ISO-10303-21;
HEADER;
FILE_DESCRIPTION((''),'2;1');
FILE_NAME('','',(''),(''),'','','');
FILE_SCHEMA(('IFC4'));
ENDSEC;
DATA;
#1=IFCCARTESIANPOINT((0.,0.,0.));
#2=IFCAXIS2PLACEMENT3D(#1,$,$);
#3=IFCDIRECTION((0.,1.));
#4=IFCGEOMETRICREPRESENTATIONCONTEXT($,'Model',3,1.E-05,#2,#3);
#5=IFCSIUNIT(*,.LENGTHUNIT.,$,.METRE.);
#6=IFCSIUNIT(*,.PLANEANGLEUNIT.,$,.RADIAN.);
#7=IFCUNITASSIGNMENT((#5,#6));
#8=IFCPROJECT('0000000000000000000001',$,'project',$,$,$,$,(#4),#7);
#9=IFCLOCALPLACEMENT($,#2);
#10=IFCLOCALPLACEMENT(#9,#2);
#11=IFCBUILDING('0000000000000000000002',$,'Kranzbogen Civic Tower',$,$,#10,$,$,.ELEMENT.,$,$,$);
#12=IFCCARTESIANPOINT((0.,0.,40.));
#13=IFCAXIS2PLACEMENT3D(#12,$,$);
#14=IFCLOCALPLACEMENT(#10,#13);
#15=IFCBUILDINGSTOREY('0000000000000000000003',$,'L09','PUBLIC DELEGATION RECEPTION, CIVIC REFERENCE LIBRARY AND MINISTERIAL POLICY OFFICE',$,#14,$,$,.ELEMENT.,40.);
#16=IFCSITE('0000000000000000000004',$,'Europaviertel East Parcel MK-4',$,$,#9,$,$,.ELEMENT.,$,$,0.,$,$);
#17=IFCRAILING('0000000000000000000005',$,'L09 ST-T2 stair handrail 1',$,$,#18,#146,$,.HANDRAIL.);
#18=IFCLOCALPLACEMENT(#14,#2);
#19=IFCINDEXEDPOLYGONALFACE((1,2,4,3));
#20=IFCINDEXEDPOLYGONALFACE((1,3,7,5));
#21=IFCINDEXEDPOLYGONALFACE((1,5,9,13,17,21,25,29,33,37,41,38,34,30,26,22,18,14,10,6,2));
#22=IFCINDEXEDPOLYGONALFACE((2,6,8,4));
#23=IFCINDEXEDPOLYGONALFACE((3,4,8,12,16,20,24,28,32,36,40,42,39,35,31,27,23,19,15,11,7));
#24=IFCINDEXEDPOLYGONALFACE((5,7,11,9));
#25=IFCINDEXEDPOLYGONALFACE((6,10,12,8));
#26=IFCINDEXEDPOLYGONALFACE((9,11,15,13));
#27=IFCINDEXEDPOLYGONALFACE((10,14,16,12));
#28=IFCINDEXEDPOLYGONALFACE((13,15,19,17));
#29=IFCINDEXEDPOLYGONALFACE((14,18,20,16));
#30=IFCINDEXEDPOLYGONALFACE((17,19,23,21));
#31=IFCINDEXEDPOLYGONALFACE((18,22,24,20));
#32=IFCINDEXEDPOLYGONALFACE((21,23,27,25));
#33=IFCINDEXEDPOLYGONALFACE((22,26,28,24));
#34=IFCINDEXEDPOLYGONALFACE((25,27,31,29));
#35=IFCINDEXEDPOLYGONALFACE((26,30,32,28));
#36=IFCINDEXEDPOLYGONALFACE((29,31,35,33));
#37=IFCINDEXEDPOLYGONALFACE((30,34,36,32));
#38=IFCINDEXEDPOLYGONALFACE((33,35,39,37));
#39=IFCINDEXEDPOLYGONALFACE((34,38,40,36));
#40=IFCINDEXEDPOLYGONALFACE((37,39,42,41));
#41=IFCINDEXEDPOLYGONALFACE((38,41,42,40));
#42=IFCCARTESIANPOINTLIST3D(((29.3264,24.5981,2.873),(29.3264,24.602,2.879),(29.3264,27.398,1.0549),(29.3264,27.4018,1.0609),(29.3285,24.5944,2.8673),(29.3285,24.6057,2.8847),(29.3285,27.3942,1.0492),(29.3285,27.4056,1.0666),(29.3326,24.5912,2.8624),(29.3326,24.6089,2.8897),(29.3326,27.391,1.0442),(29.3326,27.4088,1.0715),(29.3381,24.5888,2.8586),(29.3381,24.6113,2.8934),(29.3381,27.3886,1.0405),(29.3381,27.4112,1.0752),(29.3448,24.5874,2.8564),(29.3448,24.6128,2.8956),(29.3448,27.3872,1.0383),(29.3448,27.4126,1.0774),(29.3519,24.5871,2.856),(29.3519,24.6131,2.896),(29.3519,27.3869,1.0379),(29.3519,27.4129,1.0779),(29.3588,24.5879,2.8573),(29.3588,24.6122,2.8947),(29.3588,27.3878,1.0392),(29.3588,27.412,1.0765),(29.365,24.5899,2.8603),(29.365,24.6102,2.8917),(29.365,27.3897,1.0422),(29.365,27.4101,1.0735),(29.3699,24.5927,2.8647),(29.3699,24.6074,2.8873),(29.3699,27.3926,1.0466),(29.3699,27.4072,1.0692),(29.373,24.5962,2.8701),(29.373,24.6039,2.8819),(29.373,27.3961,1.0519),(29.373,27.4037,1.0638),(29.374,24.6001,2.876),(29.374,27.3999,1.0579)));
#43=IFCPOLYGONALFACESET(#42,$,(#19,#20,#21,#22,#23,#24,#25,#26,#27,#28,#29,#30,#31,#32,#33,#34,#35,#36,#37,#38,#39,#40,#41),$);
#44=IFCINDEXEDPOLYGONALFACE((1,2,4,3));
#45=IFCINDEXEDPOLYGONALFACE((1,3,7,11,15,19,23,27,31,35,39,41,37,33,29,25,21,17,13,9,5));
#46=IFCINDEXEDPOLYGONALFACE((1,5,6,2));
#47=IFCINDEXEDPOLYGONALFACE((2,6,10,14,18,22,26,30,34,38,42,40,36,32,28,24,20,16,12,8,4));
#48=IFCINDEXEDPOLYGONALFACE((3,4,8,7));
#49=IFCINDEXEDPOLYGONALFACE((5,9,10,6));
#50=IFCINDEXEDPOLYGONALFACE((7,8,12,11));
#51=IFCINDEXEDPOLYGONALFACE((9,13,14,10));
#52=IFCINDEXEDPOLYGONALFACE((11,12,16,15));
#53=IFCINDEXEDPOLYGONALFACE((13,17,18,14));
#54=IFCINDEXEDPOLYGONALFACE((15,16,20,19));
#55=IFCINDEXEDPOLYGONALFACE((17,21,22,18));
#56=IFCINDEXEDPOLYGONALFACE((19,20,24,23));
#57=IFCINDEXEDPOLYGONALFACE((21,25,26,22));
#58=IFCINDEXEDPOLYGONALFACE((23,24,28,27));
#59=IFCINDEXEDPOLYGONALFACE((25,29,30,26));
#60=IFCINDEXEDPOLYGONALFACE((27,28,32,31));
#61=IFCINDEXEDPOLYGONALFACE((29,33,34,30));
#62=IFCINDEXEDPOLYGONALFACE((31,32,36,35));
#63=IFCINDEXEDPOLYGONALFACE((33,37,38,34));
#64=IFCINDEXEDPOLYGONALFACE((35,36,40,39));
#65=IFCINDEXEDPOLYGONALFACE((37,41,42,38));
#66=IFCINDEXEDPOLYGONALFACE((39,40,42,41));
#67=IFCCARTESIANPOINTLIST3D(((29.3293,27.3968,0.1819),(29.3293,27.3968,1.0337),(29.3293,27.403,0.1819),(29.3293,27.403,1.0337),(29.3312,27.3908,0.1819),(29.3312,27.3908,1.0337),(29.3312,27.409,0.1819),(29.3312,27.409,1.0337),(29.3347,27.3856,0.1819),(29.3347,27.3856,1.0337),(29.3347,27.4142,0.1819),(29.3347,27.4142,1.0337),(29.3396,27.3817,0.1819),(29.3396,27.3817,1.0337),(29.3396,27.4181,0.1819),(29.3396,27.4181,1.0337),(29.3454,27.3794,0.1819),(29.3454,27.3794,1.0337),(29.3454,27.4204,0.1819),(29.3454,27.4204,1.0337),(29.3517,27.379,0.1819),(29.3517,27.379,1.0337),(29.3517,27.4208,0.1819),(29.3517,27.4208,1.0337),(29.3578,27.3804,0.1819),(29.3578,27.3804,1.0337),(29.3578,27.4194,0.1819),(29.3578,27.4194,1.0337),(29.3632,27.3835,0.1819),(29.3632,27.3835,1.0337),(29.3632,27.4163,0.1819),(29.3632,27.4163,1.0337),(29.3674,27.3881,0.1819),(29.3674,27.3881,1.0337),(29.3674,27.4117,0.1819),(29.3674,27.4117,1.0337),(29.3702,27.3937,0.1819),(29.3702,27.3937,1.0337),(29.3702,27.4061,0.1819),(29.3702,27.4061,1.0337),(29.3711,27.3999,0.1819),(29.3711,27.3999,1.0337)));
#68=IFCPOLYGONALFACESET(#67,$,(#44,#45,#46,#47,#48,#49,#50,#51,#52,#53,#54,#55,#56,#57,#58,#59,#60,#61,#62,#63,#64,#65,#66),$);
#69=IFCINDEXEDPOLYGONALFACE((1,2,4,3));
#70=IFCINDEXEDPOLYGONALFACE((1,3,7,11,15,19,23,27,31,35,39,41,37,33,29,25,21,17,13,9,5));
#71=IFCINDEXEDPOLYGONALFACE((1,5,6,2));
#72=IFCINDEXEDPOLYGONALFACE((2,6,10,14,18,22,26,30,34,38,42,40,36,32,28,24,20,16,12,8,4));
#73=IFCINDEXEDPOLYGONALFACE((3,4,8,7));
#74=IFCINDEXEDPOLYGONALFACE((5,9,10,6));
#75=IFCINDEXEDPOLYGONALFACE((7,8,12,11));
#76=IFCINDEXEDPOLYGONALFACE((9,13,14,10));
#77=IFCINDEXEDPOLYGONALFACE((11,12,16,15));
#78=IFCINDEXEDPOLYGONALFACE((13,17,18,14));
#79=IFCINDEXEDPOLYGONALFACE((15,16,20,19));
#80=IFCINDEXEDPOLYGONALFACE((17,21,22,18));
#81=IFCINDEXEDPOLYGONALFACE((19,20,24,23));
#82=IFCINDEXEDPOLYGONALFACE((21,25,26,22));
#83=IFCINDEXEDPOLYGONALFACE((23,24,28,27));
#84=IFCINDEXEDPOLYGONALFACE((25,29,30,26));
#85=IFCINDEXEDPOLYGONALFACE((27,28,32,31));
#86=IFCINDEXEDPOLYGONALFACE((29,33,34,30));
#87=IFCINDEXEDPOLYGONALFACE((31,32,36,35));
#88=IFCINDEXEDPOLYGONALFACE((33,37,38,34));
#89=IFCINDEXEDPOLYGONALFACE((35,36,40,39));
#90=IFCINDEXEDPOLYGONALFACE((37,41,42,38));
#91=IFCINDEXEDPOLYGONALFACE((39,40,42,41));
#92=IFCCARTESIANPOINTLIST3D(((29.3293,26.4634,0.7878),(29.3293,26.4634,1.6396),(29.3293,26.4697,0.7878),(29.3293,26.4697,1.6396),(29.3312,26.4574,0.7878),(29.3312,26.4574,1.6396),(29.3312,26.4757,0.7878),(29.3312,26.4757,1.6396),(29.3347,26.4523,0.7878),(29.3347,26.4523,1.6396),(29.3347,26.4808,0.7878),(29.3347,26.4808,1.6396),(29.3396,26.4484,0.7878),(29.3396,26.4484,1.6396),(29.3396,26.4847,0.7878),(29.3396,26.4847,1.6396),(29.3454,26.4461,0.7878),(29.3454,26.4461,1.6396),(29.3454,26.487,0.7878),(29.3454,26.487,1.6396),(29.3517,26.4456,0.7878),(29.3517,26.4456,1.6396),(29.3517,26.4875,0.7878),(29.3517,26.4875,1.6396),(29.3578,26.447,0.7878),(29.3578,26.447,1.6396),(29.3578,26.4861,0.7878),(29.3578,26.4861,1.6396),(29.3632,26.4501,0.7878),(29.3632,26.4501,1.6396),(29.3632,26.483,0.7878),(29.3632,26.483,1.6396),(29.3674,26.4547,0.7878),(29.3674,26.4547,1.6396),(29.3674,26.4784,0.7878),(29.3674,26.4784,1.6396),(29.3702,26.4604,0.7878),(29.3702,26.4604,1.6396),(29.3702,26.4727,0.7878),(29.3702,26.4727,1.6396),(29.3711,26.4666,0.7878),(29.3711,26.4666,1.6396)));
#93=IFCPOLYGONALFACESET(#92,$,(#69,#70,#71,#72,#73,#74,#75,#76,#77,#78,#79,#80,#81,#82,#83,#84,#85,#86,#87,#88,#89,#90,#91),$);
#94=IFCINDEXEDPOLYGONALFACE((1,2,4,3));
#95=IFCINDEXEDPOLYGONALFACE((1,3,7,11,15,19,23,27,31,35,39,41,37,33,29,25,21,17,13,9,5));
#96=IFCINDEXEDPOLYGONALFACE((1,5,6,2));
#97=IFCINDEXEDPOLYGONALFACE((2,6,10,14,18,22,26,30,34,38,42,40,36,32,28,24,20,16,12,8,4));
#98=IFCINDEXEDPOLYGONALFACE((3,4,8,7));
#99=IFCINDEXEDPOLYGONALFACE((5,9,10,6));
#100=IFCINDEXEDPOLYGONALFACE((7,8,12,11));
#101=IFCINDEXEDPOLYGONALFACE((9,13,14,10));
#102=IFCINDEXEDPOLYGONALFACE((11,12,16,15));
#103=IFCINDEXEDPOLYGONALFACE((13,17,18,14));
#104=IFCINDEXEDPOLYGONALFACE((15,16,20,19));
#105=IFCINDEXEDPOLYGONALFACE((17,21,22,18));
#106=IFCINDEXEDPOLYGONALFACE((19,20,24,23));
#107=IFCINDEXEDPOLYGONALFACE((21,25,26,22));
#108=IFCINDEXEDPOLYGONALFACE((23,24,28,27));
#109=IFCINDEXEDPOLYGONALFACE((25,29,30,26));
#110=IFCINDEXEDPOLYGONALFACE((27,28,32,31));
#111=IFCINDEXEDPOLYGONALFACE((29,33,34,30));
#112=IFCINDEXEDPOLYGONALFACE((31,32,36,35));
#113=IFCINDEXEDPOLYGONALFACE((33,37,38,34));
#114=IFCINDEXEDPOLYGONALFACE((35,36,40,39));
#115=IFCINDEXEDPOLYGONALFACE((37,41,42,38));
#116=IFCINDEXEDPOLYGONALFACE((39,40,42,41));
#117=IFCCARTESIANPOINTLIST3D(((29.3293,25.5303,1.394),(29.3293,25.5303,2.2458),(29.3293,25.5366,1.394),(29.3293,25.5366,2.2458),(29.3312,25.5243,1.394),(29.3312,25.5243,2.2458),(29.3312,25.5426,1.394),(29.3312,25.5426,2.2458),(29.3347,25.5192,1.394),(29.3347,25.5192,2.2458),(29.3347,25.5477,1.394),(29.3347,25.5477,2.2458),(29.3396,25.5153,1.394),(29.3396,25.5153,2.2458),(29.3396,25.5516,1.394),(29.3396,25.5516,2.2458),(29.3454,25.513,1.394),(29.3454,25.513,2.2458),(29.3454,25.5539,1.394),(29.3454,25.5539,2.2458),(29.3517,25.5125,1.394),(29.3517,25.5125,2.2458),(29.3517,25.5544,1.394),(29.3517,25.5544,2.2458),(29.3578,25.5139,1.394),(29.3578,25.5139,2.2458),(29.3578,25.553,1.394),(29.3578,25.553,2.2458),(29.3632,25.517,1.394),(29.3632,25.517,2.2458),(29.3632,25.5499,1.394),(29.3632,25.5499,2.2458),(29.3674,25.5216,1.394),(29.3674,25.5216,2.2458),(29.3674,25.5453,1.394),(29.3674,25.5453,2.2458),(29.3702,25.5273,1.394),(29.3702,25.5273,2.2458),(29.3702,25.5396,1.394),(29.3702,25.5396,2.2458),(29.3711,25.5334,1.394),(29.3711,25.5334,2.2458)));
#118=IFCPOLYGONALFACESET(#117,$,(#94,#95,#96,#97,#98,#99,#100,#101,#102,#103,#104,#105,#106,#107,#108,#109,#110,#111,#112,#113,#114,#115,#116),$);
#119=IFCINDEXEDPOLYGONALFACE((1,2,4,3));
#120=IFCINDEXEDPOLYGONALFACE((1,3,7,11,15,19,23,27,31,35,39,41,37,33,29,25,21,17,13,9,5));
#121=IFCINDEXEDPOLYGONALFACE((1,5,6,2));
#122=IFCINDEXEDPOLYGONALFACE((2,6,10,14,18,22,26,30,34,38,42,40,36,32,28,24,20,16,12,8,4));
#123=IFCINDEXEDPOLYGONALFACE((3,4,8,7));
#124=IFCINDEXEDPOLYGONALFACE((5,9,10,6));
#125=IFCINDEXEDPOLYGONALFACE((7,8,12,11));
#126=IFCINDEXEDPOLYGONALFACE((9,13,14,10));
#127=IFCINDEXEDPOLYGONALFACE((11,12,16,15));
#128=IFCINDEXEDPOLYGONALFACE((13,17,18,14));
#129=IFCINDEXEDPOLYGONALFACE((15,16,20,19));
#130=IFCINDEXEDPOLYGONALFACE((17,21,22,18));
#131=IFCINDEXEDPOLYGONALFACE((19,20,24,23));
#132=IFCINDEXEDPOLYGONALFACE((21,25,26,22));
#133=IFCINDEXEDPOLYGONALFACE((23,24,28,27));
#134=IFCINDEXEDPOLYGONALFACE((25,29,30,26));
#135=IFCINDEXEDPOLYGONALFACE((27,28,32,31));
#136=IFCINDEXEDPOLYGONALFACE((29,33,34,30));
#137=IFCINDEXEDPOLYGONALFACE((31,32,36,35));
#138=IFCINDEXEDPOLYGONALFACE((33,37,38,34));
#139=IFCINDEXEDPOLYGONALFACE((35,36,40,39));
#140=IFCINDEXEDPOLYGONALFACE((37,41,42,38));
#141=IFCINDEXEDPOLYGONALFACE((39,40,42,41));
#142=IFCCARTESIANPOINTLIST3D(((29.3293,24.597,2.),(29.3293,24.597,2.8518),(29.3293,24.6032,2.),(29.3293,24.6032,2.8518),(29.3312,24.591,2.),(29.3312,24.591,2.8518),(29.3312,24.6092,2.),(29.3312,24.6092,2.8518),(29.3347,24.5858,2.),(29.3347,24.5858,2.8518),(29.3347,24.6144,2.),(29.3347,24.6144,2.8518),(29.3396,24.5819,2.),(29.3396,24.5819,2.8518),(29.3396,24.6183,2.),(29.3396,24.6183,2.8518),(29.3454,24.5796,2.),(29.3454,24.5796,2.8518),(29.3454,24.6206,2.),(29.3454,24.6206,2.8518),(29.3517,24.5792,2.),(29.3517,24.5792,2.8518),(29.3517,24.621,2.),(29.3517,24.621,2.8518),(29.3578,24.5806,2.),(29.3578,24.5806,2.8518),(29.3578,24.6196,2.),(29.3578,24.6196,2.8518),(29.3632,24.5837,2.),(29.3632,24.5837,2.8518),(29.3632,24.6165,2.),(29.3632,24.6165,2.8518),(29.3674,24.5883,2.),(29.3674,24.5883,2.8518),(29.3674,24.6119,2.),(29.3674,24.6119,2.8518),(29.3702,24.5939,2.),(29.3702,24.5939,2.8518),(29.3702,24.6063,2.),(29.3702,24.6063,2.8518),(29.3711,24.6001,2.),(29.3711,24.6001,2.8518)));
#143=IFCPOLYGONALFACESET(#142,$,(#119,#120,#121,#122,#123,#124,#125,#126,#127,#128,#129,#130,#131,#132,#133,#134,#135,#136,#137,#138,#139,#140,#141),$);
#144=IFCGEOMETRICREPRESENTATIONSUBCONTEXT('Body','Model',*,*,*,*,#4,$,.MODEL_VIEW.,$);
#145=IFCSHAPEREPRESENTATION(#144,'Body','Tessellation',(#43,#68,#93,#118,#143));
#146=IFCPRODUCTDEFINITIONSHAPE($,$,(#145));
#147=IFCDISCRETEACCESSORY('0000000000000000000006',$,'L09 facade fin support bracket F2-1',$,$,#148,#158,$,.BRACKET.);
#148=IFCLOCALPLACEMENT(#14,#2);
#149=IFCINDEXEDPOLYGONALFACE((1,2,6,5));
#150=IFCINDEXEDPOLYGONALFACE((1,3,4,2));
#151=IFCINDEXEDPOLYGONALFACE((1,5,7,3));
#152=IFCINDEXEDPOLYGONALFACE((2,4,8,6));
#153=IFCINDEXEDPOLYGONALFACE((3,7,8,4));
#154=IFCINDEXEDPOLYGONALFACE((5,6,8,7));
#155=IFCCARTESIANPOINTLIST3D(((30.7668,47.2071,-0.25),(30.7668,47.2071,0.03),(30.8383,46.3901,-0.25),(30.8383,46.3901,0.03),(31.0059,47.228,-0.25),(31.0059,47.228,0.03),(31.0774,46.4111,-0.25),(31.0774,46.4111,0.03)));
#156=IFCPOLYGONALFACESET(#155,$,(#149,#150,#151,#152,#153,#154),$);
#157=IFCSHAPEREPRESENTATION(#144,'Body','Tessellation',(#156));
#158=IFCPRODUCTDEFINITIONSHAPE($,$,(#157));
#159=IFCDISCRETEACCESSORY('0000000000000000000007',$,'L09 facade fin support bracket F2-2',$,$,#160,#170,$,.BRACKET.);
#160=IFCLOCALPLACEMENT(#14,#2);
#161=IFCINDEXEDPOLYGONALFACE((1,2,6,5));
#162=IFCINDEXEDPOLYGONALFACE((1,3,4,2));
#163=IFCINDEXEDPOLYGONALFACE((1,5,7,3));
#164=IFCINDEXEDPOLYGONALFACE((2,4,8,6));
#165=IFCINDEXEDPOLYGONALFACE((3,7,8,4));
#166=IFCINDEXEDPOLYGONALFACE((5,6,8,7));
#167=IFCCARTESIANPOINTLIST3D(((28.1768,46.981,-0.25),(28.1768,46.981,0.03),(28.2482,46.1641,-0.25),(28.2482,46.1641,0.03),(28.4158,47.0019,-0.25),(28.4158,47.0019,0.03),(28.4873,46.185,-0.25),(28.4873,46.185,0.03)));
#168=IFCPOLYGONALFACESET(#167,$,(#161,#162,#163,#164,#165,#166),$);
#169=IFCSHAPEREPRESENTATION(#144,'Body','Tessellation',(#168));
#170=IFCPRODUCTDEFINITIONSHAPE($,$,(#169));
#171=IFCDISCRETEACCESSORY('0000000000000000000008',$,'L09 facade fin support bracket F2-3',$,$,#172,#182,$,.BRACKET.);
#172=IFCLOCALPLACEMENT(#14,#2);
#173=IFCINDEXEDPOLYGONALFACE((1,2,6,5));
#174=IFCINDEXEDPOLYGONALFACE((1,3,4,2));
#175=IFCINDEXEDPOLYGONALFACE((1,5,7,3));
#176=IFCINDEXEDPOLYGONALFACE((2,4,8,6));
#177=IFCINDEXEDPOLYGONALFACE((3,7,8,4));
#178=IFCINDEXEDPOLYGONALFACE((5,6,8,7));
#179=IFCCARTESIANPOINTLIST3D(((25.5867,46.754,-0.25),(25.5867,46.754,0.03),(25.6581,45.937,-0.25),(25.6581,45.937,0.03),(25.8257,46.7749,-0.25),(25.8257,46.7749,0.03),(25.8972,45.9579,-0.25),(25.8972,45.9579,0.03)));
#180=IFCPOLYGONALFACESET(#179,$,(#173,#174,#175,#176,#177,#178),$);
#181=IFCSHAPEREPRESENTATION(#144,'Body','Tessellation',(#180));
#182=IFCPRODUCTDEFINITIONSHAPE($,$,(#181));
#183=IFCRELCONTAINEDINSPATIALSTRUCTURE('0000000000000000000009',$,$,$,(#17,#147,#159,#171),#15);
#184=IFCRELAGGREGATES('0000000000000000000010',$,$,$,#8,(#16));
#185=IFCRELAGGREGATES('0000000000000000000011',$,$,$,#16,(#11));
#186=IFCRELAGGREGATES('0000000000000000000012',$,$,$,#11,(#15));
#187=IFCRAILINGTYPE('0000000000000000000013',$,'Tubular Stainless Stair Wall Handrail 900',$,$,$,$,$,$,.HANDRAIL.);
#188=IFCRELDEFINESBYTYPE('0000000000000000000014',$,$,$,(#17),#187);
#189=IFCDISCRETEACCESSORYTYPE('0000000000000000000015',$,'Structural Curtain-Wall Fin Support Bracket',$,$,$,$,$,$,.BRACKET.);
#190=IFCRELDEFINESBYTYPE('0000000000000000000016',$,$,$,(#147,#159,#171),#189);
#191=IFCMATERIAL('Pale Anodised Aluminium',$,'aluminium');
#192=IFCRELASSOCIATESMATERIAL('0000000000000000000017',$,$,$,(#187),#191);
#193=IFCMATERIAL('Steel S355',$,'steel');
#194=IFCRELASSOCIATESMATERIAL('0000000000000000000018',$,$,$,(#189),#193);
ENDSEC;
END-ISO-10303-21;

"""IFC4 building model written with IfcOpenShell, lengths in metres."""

from ifc_helpers import new_model, si_unit, direction, frame, origin, origin_2d, place, context, subcontext, project, spatial, rectangle, circle, extrude, material, type_object, element, save


model = new_model("IFC4")

# Units and contexts
model_context = context("Model", 3, precision=1e-05, world=origin(), true_north=direction((0.0, 1.0)))
body_context = subcontext(model_context, "Body", "Model", "MODEL_VIEW")
ifc_project = project(units=[si_unit("LENGTHUNIT", "METRE"), si_unit("PLANEANGLEUNIT", "RADIAN")], contexts=[model_context])

# Site, building, storey
site_placement = place(None, origin())
site = spatial("IfcSite", under=ifc_project, at=site_placement, Name="Europaviertel East Parcel MK-4", CompositionType="ELEMENT", RefElevation=0.0)
building_placement = place(site_placement, origin())
building = spatial("IfcBuilding", under=site, at=building_placement, Name="Kranzbogen Civic Tower", CompositionType="ELEMENT")
storey_placement = place(building_placement, frame((0.0, 0.0, 40.0)))
storey = spatial("IfcBuildingStorey", under=building, at=storey_placement, Name="L09", Description="PUBLIC DELEGATION RECEPTION, CIVIC REFERENCE LIBRARY AND MINISTERIAL POLICY OFFICE", CompositionType="ELEMENT", Elevation=40.0)

# Shared definitions
ifc_material_1 = material(Name="Pale Anodised Aluminium", Category="aluminium")

# Shared definitions
ifc_material_2 = material(Name="Steel S355", Category="steel")

# Railing
railing_type_1 = type_object("IfcRailingType", Name="Tubular Stainless Stair Wall Handrail 900", PredefinedType="HANDRAIL", material=ifc_material_1)
railing_1_placement = place(storey_placement, frame((29.3501, 27.3999, 0.1819)))
element("IfcRailing", 1, at=railing_1_placement, inside=storey, type_object=railing_type_1, Name="L09 ST-T2 stair handrail 1", PredefinedType="HANDRAIL", context=body_context, shape_type="SweptSolid", body=[
    extrude(circle(Radius=0.0239, at=origin_2d()), frame((0.0, 0.0, 0.876), z_axis=(0.0, -0.838684, 0.544618), x_axis=(1.0, 0.0, 0.0)), (0.0, 0.0, 1.0), 3.3384),
    extrude(circle(Radius=0.021, at=origin_2d()), origin(), (0.0, 0.0, 1.0), 0.8518),
    extrude(circle(Radius=0.021, at=origin_2d()), frame((0.0, -0.9333, 0.606)), (0.0, 0.0, 1.0), 0.8518),
    extrude(circle(Radius=0.021, at=origin_2d()), frame((0.0, -1.8665, 1.2122)), (0.0, 0.0, 1.0), 0.8518),
    extrude(circle(Radius=0.021, at=origin_2d()), frame((0.0, -2.7998, 1.8181)), (0.0, 0.0, 1.0), 0.8518),
])

# Discrete accessories
discrete_accessory_type = type_object("IfcDiscreteAccessoryType", Name="Structural Curtain-Wall Fin Support Bracket", PredefinedType="BRACKET", material=ifc_material_2)
for number, where, z_axis, x_axis, name in (
    (2, (30.9221, 46.8091, -0.25), (0.0, 0.0, 1.0), (-0.087156, 0.996195, 0.0), "L09 facade fin support bracket F2-1"),
    (3, (28.332, 46.583, -0.25), (0.0, 0.0, 1.0), (-0.087156, 0.996195, 0.0), "L09 facade fin support bracket F2-2"),
    (4, (25.7419, 46.356, -0.25), (0.0, 0.0, 1.0), (-0.087156, 0.996195, 0.0), "L09 facade fin support bracket F2-3"),
):
    element("IfcDiscreteAccessory", number, at=place(storey_placement, frame(where, z_axis=z_axis, x_axis=x_axis)), inside=storey, type_object=discrete_accessory_type, Name=name, PredefinedType="BRACKET", context=body_context, shape_type="SweptSolid", body=[
        extrude(rectangle(XDim=0.8201, YDim=0.24, at=origin_2d()), origin(), (0.0, 0.0, 1.0), 0.28),
    ])

save(model, "model.ifc")
